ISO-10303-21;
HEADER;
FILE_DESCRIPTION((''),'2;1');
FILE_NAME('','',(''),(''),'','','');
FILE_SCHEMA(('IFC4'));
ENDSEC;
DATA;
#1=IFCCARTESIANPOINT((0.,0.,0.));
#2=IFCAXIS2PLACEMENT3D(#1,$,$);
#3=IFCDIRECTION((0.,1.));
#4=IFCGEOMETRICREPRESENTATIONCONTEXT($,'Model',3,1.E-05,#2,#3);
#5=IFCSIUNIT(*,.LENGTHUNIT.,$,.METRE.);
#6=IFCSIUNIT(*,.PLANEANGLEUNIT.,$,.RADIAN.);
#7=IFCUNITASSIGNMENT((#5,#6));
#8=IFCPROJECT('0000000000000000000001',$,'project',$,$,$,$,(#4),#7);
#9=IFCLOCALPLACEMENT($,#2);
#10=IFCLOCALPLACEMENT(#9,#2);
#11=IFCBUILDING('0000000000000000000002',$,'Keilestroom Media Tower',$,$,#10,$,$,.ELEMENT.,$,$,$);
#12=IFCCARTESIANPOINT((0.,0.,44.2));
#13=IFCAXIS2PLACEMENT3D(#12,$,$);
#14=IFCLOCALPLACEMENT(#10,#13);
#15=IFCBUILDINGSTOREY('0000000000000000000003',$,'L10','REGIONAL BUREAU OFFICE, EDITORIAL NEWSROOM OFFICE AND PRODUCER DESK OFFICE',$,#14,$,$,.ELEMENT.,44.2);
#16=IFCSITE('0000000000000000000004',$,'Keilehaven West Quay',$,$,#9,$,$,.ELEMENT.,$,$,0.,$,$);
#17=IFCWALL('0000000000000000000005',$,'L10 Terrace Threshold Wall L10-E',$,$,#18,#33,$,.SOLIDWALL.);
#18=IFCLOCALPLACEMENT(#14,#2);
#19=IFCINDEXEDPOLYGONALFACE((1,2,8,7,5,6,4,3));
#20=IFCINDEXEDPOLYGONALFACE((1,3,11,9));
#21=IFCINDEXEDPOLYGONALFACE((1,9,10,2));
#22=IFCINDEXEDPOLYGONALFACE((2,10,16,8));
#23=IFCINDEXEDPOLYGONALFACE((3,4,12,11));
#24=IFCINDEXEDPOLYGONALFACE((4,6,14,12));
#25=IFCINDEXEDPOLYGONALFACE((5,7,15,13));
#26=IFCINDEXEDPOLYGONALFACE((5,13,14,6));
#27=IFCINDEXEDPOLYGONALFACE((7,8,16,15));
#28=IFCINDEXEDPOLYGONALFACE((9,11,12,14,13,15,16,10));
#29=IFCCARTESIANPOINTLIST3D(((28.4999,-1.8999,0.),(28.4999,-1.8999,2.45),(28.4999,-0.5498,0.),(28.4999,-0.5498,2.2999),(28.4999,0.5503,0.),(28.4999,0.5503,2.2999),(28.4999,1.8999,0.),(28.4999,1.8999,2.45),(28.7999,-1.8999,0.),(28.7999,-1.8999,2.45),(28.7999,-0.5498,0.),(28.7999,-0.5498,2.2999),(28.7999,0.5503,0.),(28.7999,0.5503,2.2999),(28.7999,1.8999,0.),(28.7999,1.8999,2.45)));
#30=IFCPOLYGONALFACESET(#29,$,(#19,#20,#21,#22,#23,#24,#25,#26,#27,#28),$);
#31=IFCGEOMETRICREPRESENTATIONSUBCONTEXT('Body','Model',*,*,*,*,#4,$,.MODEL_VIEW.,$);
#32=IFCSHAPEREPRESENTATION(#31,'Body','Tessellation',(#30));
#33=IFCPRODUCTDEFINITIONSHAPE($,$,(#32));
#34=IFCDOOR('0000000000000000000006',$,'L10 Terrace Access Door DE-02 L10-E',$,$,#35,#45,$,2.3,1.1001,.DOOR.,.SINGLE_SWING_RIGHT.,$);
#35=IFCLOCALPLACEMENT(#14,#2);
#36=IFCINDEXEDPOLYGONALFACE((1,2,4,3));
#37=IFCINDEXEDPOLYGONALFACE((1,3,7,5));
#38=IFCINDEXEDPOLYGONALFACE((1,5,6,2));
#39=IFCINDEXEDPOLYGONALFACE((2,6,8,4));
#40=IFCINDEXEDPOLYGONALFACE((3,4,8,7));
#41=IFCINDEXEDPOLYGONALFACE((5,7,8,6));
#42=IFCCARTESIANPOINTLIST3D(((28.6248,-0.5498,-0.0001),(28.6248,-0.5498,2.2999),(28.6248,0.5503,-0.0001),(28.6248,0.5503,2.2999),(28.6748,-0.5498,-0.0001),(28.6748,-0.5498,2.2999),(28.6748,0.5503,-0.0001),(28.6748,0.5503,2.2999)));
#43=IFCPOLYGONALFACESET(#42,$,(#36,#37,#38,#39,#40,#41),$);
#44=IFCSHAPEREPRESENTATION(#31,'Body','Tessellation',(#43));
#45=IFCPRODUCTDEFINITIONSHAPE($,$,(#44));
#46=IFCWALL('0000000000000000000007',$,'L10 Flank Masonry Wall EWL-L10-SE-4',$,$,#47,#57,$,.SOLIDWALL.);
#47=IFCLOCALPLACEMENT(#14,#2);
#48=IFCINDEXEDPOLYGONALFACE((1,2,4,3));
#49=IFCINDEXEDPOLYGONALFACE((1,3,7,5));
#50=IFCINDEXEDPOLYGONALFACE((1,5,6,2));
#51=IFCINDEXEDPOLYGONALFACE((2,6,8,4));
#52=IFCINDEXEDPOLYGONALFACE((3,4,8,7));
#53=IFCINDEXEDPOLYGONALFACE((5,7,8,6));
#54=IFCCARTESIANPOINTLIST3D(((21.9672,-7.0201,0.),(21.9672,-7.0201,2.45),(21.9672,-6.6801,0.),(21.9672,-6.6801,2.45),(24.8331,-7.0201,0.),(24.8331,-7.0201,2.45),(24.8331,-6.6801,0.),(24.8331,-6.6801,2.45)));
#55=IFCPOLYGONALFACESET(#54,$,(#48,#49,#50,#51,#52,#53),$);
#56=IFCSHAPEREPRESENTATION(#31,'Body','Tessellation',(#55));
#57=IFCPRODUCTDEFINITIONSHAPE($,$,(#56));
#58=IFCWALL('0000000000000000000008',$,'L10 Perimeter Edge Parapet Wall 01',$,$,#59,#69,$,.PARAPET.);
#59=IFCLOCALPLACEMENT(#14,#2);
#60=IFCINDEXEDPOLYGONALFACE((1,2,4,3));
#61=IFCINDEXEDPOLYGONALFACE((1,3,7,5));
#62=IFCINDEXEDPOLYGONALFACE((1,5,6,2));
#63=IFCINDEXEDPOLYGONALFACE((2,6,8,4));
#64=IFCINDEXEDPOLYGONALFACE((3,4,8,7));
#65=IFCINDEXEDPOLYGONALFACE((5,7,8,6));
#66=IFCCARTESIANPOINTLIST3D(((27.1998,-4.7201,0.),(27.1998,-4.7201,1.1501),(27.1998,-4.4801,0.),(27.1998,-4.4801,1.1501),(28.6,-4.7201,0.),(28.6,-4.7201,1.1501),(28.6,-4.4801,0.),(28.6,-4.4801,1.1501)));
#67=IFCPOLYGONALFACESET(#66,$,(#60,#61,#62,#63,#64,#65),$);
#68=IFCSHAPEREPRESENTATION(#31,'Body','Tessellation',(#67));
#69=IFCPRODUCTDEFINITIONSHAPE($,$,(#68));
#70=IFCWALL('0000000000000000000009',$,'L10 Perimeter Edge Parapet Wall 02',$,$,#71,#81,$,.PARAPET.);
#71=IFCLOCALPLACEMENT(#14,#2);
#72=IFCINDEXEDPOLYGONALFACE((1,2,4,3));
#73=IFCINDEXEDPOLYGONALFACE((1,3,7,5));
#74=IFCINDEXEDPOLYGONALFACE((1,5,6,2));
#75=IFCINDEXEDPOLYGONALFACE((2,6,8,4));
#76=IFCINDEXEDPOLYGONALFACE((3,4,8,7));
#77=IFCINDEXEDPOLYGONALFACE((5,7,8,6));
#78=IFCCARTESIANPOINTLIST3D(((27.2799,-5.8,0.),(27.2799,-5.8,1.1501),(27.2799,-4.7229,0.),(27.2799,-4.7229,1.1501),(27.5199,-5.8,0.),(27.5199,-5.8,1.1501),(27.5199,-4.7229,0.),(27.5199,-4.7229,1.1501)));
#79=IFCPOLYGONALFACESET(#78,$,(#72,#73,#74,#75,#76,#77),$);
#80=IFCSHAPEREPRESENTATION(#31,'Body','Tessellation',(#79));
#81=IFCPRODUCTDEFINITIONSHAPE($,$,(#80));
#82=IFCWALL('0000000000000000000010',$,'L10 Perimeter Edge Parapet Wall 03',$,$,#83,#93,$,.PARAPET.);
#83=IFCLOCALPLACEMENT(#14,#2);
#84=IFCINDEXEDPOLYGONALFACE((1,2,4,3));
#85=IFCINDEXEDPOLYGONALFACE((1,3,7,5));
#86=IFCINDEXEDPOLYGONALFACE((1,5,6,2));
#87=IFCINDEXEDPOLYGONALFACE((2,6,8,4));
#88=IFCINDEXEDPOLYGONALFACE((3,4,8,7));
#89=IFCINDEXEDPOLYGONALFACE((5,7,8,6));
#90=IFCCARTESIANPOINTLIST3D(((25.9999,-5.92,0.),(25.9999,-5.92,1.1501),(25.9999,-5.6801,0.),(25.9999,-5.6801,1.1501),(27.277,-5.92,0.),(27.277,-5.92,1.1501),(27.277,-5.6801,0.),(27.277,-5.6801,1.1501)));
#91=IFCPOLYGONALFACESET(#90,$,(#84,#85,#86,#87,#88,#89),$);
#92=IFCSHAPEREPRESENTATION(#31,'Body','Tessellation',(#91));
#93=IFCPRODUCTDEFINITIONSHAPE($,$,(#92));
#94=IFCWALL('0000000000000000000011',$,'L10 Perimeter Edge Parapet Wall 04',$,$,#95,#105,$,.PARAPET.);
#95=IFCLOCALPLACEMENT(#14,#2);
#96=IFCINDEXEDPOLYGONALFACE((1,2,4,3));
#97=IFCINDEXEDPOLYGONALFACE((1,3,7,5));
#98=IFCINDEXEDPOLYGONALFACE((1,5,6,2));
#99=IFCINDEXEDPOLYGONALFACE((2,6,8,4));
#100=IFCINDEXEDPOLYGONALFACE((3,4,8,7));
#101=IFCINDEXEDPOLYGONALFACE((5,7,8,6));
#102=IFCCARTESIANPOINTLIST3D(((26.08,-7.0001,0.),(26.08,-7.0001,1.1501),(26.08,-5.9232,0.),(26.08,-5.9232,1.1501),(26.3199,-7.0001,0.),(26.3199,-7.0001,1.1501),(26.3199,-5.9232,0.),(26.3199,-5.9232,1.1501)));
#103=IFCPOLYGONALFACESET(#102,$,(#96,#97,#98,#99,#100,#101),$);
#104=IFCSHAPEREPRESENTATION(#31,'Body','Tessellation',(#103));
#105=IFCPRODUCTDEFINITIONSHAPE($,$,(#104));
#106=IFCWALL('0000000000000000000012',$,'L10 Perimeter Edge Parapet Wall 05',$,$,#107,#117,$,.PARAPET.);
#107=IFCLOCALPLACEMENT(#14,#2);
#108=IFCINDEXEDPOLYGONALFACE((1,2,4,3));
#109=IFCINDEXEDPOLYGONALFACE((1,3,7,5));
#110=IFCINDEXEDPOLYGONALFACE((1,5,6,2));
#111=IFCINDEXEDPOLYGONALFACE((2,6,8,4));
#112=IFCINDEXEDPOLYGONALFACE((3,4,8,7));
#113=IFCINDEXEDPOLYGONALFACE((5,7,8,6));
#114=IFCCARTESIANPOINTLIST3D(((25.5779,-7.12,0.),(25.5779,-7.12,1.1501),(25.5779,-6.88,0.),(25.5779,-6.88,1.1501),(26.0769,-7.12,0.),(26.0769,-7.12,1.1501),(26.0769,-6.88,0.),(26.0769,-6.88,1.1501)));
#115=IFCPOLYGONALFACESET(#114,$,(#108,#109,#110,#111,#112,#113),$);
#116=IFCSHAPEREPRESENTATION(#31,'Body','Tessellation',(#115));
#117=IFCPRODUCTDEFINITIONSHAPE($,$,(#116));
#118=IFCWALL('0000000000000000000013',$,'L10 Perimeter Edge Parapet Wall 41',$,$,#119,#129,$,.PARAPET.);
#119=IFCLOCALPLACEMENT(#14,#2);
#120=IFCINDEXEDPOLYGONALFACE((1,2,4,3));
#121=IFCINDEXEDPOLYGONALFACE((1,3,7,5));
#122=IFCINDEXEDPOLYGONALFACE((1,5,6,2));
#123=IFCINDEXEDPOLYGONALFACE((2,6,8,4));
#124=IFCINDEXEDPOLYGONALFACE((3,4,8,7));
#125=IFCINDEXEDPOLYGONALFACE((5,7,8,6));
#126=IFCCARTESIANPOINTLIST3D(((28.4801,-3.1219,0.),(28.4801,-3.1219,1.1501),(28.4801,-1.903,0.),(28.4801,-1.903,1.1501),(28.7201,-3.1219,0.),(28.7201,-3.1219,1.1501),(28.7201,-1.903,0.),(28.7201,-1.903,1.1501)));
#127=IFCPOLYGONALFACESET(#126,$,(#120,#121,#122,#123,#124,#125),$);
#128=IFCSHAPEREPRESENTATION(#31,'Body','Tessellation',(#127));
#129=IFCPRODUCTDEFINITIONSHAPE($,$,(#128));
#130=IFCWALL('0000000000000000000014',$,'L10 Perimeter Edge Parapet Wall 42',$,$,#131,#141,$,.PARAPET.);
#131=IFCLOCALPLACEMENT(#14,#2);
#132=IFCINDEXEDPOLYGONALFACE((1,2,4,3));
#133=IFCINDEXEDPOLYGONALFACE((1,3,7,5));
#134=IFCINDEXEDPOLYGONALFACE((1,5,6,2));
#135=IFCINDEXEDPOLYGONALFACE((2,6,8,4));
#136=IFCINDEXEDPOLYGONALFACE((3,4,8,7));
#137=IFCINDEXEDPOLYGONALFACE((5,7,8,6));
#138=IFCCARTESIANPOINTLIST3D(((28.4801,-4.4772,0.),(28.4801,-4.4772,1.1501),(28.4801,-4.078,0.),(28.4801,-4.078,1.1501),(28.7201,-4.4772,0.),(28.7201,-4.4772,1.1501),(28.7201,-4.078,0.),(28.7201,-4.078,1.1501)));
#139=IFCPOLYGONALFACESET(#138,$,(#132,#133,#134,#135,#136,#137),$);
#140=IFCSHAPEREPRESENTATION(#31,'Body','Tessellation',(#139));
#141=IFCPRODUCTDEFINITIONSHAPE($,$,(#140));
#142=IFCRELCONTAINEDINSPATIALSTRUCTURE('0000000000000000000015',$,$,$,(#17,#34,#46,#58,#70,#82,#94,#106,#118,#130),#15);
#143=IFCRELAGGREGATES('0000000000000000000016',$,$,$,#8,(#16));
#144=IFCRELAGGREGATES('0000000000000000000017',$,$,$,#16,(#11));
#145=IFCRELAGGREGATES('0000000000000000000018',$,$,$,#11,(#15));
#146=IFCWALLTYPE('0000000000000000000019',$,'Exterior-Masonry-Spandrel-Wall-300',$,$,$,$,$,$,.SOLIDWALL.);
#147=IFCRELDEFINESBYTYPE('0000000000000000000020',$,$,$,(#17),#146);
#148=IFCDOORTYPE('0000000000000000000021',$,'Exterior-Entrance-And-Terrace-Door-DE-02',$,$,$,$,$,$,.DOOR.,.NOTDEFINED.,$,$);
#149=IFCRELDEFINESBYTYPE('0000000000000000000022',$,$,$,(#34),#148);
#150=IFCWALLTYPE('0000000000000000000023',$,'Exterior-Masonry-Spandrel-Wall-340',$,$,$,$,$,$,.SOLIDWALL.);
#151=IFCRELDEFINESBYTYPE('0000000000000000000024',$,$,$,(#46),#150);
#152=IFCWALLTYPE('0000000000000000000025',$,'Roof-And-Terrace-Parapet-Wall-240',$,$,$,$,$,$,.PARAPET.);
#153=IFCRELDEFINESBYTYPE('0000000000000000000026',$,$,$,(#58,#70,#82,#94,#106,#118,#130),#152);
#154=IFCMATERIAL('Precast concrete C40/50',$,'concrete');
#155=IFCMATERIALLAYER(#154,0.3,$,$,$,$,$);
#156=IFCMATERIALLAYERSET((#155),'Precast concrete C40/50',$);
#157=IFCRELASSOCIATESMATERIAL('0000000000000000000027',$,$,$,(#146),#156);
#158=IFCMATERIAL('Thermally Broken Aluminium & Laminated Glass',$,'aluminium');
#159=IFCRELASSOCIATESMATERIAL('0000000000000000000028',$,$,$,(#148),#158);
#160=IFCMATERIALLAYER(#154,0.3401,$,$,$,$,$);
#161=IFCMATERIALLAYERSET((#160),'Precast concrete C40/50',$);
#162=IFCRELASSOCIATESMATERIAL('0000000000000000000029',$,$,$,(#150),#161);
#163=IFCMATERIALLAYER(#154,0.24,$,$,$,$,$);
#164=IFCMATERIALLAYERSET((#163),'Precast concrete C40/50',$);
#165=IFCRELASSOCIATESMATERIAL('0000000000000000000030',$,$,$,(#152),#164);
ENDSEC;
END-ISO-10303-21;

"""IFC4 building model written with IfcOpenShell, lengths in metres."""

from ifc_helpers import new_model, si_unit, direction, frame, frame_2d, origin, place, context, subcontext, project, spatial, rectangle, extrude, source, transform, mapped, material, layer, layer_set, type_object, element, fill, save


model = new_model("IFC4")

# Units and contexts
model_context = context("Model", 3, precision=1e-05, world=origin(), true_north=direction((0.0, 1.0)))
body_context = subcontext(model_context, "Body", "Model", "MODEL_VIEW")
ifc_project = project(units=[si_unit("LENGTHUNIT", "METRE"), si_unit("PLANEANGLEUNIT", "RADIAN")], contexts=[model_context])

# Site, building, storey
site_placement = place(None, origin())
site = spatial("IfcSite", under=ifc_project, at=site_placement, Name="Keilehaven West Quay", CompositionType="ELEMENT", RefElevation=0.0)
building_placement = place(site_placement, origin())
building = spatial("IfcBuilding", under=site, at=building_placement, Name="Keilestroom Media Tower", CompositionType="ELEMENT")
storey_placement = place(building_placement, frame((0.0, 0.0, 44.2)))
storey = spatial("IfcBuildingStorey", under=building, at=storey_placement, Name="L10", Description="REGIONAL BUREAU OFFICE, EDITORIAL NEWSROOM OFFICE AND PRODUCER DESK OFFICE", CompositionType="ELEMENT", Elevation=44.2)

# Shared definitions
ifc_material_1 = material(Name="Precast concrete C40/50", Category="concrete")

# Wall, opening, door
ifc_layer_1 = layer(ifc_material_1, 0.3)
ifc_layer_set_1 = layer_set([ifc_layer_1], Name="Precast concrete C40/50")
wall_type_1 = type_object("IfcWallType", Name="Exterior-Masonry-Spandrel-Wall-300", PredefinedType="SOLIDWALL", material=ifc_layer_set_1)
wall_1_placement = place(storey_placement, frame((28.6499, -1.8999, 0.0), z_axis=(0.0, 0.0, 1.0), x_axis=(0.0, 1.0, 0.0)))
wall_1 = element("IfcWall", 1, at=wall_1_placement, inside=storey, type_object=wall_type_1, Name="L10 Terrace Threshold Wall L10-E", PredefinedType="SOLIDWALL", context=body_context, shape_type="SweptSolid", body=[
    extrude(rectangle(XDim=3.7998, YDim=0.3, at=frame_2d((1.8999, 0.0))), origin(), (0.0, 0.0, 1.0), 2.45),
])
opening_placement = place(wall_1_placement, frame((1.3501, 0.0, 0.0)))
opening = element("IfcOpeningElement", 2, at=opening_placement, cuts=wall_1, PredefinedType="OPENING", context=body_context, shape_type="SweptSolid", body=[
    extrude(rectangle(XDim=1.1001, YDim=2.3, at=frame_2d((0.55, 1.1499))), frame((0.0, 0.1602, 0.0), z_axis=(0.0, -1.0, 0.0), x_axis=(1.0, 0.0, 0.0)), (0.0, 0.0, 1.0), 0.3201),
])
ifc_material_2 = material(Name="Thermally Broken Aluminium & Laminated Glass", Category="aluminium")
door_type = type_object("IfcDoorType", Name="Exterior-Entrance-And-Terrace-Door-DE-02", OperationType="NOTDEFINED", PredefinedType="DOOR", material=ifc_material_2)
shared_shape_1 = source(origin(), body_context, "Body", "SweptSolid", [
    extrude(rectangle(XDim=1.1001, YDim=2.3, at=frame_2d((0.55, 1.1499))), frame((0.0, 0.0249, 0.0), z_axis=(0.0, -1.0, 0.0), x_axis=(1.0, 0.0, 0.0)), (0.0, 0.0, 1.0), 0.05),
])
door_placement = place(opening_placement, frame((1.1001, 0.0, 0.0), z_axis=(0.0, 0.0, 1.0), x_axis=(-1.0, 0.0, 0.0)))
door = element("IfcDoor", 3, at=door_placement, inside=storey, type_object=door_type, Name="L10 Terrace Access Door DE-02 L10-E", OperationType="SINGLE_SWING_RIGHT", OverallHeight=2.3, OverallWidth=1.1001, PredefinedType="DOOR", context=body_context, shape_type="MappedRepresentation", body=[
    mapped(shared_shape_1, transform((0.0, 0.0, 0.0), x_axis=(1.0, 0.0, 0.0), y_axis=(0.0, 1.0, 0.0), z_axis=(0.0, 0.0, 1.0), scale=1.0)),
])
fill(opening, door)

# Walls
ifc_layer_2 = layer(ifc_material_1, 0.3401)
ifc_layer_set_2 = layer_set([ifc_layer_2], Name="Precast concrete C40/50")
wall_type_2 = type_object("IfcWallType", Name="Exterior-Masonry-Spandrel-Wall-340", PredefinedType="SOLIDWALL", material=ifc_layer_set_2)
wall_2_placement = place(storey_placement, frame((21.967, -6.8501, 0.0), z_axis=(0.0, 0.0, 1.0), x_axis=(1.0, 0.0, 0.0)))
element("IfcWall", 4, at=wall_2_placement, inside=storey, type_object=wall_type_2, Name="L10 Flank Masonry Wall EWL-L10-SE-4", PredefinedType="SOLIDWALL", context=body_context, shape_type="SweptSolid", body=[
    extrude(rectangle(XDim=2.866, YDim=0.3401, at=frame_2d((1.4331, 0.0))), origin(), (0.0, 0.0, 1.0), 2.45),
])
ifc_layer_3 = layer(ifc_material_1, 0.24)
ifc_layer_set_3 = layer_set([ifc_layer_3], Name="Precast concrete C40/50")
wall_type_3 = type_object("IfcWallType", Name="Roof-And-Terrace-Parapet-Wall-240", PredefinedType="PARAPET", material=ifc_layer_set_3)
wall_3_placement = place(storey_placement, frame((28.6001, -4.6001, 0.0), z_axis=(0.0, 0.0, 1.0), x_axis=(-1.0, 0.0, 0.0)))
element("IfcWall", 5, at=wall_3_placement, inside=storey, type_object=wall_type_3, Name="L10 Perimeter Edge Parapet Wall 01", PredefinedType="PARAPET", context=body_context, shape_type="SweptSolid", body=[
    extrude(rectangle(XDim=1.4001, YDim=0.24, at=frame_2d((0.7002, 0.0))), origin(), (0.0, 0.0, 1.0), 1.1501),
])
wall_4_placement = place(storey_placement, frame((27.3999, -4.7229, 0.0), z_axis=(0.0, 0.0, 1.0), x_axis=(0.0, -1.0, 0.0)))
element("IfcWall", 6, at=wall_4_placement, inside=storey, type_object=wall_type_3, Name="L10 Perimeter Edge Parapet Wall 02", PredefinedType="PARAPET", context=body_context, shape_type="SweptSolid", body=[
    extrude(rectangle(XDim=1.0771, YDim=0.24, at=frame_2d((0.5386, 0.0))), origin(), (0.0, 0.0, 1.0), 1.1501),
])
wall_5_placement = place(storey_placement, frame((27.2771, -5.8, 0.0), z_axis=(0.0, 0.0, 1.0), x_axis=(-1.0, 0.0, 0.0)))
element("IfcWall", 7, at=wall_5_placement, inside=storey, type_object=wall_type_3, Name="L10 Perimeter Edge Parapet Wall 03", PredefinedType="PARAPET", context=body_context, shape_type="SweptSolid", body=[
    extrude(rectangle(XDim=1.2771, YDim=0.24, at=frame_2d((0.6387, 0.0))), origin(), (0.0, 0.0, 1.0), 1.1501),
])
wall_6_placement = place(storey_placement, frame((26.2, -5.9231, 0.0), z_axis=(0.0, 0.0, 1.0), x_axis=(0.0, -1.0, 0.0)))
element("IfcWall", 8, at=wall_6_placement, inside=storey, type_object=wall_type_3, Name="L10 Perimeter Edge Parapet Wall 04", PredefinedType="PARAPET", context=body_context, shape_type="SweptSolid", body=[
    extrude(rectangle(XDim=1.0769, YDim=0.24, at=frame_2d((0.5386, 0.0))), origin(), (0.0, 0.0, 1.0), 1.1501),
])
wall_7_placement = place(storey_placement, frame((26.0769, -7.0, 0.0), z_axis=(0.0, 0.0, 1.0), x_axis=(-1.0, 0.0, 0.0)))
element("IfcWall", 9, at=wall_7_placement, inside=storey, type_object=wall_type_3, Name="L10 Perimeter Edge Parapet Wall 05", PredefinedType="PARAPET", context=body_context, shape_type="SweptSolid", body=[
    extrude(rectangle(XDim=0.499, YDim=0.24, at=frame_2d((0.2495, 0.0))), origin(), (0.0, 0.0, 1.0), 1.1501),
])
wall_8_placement = place(storey_placement, frame((28.6001, -1.9031, 0.0), z_axis=(0.0, 0.0, 1.0), x_axis=(0.0, -1.0, 0.0)))
element("IfcWall", 10, at=wall_8_placement, inside=storey, type_object=wall_type_3, Name="L10 Perimeter Edge Parapet Wall 41", PredefinedType="PARAPET", context=body_context, shape_type="SweptSolid", body=[
    extrude(rectangle(XDim=1.219, YDim=0.24, at=frame_2d((0.6094, 0.0))), origin(), (0.0, 0.0, 1.0), 1.1501),
])
wall_9_placement = place(storey_placement, frame((28.6001, -4.0779, 0.0), z_axis=(0.0, 0.0, 1.0), x_axis=(0.0, -1.0, 0.0)))
element("IfcWall", 11, at=wall_9_placement, inside=storey, type_object=wall_type_3, Name="L10 Perimeter Edge Parapet Wall 42", PredefinedType="PARAPET", context=body_context, shape_type="SweptSolid", body=[
    extrude(rectangle(XDim=0.3992, YDim=0.24, at=frame_2d((0.1997, 0.0))), origin(), (0.0, 0.0, 1.0), 1.1501),
])

save(model, "model.ifc")
